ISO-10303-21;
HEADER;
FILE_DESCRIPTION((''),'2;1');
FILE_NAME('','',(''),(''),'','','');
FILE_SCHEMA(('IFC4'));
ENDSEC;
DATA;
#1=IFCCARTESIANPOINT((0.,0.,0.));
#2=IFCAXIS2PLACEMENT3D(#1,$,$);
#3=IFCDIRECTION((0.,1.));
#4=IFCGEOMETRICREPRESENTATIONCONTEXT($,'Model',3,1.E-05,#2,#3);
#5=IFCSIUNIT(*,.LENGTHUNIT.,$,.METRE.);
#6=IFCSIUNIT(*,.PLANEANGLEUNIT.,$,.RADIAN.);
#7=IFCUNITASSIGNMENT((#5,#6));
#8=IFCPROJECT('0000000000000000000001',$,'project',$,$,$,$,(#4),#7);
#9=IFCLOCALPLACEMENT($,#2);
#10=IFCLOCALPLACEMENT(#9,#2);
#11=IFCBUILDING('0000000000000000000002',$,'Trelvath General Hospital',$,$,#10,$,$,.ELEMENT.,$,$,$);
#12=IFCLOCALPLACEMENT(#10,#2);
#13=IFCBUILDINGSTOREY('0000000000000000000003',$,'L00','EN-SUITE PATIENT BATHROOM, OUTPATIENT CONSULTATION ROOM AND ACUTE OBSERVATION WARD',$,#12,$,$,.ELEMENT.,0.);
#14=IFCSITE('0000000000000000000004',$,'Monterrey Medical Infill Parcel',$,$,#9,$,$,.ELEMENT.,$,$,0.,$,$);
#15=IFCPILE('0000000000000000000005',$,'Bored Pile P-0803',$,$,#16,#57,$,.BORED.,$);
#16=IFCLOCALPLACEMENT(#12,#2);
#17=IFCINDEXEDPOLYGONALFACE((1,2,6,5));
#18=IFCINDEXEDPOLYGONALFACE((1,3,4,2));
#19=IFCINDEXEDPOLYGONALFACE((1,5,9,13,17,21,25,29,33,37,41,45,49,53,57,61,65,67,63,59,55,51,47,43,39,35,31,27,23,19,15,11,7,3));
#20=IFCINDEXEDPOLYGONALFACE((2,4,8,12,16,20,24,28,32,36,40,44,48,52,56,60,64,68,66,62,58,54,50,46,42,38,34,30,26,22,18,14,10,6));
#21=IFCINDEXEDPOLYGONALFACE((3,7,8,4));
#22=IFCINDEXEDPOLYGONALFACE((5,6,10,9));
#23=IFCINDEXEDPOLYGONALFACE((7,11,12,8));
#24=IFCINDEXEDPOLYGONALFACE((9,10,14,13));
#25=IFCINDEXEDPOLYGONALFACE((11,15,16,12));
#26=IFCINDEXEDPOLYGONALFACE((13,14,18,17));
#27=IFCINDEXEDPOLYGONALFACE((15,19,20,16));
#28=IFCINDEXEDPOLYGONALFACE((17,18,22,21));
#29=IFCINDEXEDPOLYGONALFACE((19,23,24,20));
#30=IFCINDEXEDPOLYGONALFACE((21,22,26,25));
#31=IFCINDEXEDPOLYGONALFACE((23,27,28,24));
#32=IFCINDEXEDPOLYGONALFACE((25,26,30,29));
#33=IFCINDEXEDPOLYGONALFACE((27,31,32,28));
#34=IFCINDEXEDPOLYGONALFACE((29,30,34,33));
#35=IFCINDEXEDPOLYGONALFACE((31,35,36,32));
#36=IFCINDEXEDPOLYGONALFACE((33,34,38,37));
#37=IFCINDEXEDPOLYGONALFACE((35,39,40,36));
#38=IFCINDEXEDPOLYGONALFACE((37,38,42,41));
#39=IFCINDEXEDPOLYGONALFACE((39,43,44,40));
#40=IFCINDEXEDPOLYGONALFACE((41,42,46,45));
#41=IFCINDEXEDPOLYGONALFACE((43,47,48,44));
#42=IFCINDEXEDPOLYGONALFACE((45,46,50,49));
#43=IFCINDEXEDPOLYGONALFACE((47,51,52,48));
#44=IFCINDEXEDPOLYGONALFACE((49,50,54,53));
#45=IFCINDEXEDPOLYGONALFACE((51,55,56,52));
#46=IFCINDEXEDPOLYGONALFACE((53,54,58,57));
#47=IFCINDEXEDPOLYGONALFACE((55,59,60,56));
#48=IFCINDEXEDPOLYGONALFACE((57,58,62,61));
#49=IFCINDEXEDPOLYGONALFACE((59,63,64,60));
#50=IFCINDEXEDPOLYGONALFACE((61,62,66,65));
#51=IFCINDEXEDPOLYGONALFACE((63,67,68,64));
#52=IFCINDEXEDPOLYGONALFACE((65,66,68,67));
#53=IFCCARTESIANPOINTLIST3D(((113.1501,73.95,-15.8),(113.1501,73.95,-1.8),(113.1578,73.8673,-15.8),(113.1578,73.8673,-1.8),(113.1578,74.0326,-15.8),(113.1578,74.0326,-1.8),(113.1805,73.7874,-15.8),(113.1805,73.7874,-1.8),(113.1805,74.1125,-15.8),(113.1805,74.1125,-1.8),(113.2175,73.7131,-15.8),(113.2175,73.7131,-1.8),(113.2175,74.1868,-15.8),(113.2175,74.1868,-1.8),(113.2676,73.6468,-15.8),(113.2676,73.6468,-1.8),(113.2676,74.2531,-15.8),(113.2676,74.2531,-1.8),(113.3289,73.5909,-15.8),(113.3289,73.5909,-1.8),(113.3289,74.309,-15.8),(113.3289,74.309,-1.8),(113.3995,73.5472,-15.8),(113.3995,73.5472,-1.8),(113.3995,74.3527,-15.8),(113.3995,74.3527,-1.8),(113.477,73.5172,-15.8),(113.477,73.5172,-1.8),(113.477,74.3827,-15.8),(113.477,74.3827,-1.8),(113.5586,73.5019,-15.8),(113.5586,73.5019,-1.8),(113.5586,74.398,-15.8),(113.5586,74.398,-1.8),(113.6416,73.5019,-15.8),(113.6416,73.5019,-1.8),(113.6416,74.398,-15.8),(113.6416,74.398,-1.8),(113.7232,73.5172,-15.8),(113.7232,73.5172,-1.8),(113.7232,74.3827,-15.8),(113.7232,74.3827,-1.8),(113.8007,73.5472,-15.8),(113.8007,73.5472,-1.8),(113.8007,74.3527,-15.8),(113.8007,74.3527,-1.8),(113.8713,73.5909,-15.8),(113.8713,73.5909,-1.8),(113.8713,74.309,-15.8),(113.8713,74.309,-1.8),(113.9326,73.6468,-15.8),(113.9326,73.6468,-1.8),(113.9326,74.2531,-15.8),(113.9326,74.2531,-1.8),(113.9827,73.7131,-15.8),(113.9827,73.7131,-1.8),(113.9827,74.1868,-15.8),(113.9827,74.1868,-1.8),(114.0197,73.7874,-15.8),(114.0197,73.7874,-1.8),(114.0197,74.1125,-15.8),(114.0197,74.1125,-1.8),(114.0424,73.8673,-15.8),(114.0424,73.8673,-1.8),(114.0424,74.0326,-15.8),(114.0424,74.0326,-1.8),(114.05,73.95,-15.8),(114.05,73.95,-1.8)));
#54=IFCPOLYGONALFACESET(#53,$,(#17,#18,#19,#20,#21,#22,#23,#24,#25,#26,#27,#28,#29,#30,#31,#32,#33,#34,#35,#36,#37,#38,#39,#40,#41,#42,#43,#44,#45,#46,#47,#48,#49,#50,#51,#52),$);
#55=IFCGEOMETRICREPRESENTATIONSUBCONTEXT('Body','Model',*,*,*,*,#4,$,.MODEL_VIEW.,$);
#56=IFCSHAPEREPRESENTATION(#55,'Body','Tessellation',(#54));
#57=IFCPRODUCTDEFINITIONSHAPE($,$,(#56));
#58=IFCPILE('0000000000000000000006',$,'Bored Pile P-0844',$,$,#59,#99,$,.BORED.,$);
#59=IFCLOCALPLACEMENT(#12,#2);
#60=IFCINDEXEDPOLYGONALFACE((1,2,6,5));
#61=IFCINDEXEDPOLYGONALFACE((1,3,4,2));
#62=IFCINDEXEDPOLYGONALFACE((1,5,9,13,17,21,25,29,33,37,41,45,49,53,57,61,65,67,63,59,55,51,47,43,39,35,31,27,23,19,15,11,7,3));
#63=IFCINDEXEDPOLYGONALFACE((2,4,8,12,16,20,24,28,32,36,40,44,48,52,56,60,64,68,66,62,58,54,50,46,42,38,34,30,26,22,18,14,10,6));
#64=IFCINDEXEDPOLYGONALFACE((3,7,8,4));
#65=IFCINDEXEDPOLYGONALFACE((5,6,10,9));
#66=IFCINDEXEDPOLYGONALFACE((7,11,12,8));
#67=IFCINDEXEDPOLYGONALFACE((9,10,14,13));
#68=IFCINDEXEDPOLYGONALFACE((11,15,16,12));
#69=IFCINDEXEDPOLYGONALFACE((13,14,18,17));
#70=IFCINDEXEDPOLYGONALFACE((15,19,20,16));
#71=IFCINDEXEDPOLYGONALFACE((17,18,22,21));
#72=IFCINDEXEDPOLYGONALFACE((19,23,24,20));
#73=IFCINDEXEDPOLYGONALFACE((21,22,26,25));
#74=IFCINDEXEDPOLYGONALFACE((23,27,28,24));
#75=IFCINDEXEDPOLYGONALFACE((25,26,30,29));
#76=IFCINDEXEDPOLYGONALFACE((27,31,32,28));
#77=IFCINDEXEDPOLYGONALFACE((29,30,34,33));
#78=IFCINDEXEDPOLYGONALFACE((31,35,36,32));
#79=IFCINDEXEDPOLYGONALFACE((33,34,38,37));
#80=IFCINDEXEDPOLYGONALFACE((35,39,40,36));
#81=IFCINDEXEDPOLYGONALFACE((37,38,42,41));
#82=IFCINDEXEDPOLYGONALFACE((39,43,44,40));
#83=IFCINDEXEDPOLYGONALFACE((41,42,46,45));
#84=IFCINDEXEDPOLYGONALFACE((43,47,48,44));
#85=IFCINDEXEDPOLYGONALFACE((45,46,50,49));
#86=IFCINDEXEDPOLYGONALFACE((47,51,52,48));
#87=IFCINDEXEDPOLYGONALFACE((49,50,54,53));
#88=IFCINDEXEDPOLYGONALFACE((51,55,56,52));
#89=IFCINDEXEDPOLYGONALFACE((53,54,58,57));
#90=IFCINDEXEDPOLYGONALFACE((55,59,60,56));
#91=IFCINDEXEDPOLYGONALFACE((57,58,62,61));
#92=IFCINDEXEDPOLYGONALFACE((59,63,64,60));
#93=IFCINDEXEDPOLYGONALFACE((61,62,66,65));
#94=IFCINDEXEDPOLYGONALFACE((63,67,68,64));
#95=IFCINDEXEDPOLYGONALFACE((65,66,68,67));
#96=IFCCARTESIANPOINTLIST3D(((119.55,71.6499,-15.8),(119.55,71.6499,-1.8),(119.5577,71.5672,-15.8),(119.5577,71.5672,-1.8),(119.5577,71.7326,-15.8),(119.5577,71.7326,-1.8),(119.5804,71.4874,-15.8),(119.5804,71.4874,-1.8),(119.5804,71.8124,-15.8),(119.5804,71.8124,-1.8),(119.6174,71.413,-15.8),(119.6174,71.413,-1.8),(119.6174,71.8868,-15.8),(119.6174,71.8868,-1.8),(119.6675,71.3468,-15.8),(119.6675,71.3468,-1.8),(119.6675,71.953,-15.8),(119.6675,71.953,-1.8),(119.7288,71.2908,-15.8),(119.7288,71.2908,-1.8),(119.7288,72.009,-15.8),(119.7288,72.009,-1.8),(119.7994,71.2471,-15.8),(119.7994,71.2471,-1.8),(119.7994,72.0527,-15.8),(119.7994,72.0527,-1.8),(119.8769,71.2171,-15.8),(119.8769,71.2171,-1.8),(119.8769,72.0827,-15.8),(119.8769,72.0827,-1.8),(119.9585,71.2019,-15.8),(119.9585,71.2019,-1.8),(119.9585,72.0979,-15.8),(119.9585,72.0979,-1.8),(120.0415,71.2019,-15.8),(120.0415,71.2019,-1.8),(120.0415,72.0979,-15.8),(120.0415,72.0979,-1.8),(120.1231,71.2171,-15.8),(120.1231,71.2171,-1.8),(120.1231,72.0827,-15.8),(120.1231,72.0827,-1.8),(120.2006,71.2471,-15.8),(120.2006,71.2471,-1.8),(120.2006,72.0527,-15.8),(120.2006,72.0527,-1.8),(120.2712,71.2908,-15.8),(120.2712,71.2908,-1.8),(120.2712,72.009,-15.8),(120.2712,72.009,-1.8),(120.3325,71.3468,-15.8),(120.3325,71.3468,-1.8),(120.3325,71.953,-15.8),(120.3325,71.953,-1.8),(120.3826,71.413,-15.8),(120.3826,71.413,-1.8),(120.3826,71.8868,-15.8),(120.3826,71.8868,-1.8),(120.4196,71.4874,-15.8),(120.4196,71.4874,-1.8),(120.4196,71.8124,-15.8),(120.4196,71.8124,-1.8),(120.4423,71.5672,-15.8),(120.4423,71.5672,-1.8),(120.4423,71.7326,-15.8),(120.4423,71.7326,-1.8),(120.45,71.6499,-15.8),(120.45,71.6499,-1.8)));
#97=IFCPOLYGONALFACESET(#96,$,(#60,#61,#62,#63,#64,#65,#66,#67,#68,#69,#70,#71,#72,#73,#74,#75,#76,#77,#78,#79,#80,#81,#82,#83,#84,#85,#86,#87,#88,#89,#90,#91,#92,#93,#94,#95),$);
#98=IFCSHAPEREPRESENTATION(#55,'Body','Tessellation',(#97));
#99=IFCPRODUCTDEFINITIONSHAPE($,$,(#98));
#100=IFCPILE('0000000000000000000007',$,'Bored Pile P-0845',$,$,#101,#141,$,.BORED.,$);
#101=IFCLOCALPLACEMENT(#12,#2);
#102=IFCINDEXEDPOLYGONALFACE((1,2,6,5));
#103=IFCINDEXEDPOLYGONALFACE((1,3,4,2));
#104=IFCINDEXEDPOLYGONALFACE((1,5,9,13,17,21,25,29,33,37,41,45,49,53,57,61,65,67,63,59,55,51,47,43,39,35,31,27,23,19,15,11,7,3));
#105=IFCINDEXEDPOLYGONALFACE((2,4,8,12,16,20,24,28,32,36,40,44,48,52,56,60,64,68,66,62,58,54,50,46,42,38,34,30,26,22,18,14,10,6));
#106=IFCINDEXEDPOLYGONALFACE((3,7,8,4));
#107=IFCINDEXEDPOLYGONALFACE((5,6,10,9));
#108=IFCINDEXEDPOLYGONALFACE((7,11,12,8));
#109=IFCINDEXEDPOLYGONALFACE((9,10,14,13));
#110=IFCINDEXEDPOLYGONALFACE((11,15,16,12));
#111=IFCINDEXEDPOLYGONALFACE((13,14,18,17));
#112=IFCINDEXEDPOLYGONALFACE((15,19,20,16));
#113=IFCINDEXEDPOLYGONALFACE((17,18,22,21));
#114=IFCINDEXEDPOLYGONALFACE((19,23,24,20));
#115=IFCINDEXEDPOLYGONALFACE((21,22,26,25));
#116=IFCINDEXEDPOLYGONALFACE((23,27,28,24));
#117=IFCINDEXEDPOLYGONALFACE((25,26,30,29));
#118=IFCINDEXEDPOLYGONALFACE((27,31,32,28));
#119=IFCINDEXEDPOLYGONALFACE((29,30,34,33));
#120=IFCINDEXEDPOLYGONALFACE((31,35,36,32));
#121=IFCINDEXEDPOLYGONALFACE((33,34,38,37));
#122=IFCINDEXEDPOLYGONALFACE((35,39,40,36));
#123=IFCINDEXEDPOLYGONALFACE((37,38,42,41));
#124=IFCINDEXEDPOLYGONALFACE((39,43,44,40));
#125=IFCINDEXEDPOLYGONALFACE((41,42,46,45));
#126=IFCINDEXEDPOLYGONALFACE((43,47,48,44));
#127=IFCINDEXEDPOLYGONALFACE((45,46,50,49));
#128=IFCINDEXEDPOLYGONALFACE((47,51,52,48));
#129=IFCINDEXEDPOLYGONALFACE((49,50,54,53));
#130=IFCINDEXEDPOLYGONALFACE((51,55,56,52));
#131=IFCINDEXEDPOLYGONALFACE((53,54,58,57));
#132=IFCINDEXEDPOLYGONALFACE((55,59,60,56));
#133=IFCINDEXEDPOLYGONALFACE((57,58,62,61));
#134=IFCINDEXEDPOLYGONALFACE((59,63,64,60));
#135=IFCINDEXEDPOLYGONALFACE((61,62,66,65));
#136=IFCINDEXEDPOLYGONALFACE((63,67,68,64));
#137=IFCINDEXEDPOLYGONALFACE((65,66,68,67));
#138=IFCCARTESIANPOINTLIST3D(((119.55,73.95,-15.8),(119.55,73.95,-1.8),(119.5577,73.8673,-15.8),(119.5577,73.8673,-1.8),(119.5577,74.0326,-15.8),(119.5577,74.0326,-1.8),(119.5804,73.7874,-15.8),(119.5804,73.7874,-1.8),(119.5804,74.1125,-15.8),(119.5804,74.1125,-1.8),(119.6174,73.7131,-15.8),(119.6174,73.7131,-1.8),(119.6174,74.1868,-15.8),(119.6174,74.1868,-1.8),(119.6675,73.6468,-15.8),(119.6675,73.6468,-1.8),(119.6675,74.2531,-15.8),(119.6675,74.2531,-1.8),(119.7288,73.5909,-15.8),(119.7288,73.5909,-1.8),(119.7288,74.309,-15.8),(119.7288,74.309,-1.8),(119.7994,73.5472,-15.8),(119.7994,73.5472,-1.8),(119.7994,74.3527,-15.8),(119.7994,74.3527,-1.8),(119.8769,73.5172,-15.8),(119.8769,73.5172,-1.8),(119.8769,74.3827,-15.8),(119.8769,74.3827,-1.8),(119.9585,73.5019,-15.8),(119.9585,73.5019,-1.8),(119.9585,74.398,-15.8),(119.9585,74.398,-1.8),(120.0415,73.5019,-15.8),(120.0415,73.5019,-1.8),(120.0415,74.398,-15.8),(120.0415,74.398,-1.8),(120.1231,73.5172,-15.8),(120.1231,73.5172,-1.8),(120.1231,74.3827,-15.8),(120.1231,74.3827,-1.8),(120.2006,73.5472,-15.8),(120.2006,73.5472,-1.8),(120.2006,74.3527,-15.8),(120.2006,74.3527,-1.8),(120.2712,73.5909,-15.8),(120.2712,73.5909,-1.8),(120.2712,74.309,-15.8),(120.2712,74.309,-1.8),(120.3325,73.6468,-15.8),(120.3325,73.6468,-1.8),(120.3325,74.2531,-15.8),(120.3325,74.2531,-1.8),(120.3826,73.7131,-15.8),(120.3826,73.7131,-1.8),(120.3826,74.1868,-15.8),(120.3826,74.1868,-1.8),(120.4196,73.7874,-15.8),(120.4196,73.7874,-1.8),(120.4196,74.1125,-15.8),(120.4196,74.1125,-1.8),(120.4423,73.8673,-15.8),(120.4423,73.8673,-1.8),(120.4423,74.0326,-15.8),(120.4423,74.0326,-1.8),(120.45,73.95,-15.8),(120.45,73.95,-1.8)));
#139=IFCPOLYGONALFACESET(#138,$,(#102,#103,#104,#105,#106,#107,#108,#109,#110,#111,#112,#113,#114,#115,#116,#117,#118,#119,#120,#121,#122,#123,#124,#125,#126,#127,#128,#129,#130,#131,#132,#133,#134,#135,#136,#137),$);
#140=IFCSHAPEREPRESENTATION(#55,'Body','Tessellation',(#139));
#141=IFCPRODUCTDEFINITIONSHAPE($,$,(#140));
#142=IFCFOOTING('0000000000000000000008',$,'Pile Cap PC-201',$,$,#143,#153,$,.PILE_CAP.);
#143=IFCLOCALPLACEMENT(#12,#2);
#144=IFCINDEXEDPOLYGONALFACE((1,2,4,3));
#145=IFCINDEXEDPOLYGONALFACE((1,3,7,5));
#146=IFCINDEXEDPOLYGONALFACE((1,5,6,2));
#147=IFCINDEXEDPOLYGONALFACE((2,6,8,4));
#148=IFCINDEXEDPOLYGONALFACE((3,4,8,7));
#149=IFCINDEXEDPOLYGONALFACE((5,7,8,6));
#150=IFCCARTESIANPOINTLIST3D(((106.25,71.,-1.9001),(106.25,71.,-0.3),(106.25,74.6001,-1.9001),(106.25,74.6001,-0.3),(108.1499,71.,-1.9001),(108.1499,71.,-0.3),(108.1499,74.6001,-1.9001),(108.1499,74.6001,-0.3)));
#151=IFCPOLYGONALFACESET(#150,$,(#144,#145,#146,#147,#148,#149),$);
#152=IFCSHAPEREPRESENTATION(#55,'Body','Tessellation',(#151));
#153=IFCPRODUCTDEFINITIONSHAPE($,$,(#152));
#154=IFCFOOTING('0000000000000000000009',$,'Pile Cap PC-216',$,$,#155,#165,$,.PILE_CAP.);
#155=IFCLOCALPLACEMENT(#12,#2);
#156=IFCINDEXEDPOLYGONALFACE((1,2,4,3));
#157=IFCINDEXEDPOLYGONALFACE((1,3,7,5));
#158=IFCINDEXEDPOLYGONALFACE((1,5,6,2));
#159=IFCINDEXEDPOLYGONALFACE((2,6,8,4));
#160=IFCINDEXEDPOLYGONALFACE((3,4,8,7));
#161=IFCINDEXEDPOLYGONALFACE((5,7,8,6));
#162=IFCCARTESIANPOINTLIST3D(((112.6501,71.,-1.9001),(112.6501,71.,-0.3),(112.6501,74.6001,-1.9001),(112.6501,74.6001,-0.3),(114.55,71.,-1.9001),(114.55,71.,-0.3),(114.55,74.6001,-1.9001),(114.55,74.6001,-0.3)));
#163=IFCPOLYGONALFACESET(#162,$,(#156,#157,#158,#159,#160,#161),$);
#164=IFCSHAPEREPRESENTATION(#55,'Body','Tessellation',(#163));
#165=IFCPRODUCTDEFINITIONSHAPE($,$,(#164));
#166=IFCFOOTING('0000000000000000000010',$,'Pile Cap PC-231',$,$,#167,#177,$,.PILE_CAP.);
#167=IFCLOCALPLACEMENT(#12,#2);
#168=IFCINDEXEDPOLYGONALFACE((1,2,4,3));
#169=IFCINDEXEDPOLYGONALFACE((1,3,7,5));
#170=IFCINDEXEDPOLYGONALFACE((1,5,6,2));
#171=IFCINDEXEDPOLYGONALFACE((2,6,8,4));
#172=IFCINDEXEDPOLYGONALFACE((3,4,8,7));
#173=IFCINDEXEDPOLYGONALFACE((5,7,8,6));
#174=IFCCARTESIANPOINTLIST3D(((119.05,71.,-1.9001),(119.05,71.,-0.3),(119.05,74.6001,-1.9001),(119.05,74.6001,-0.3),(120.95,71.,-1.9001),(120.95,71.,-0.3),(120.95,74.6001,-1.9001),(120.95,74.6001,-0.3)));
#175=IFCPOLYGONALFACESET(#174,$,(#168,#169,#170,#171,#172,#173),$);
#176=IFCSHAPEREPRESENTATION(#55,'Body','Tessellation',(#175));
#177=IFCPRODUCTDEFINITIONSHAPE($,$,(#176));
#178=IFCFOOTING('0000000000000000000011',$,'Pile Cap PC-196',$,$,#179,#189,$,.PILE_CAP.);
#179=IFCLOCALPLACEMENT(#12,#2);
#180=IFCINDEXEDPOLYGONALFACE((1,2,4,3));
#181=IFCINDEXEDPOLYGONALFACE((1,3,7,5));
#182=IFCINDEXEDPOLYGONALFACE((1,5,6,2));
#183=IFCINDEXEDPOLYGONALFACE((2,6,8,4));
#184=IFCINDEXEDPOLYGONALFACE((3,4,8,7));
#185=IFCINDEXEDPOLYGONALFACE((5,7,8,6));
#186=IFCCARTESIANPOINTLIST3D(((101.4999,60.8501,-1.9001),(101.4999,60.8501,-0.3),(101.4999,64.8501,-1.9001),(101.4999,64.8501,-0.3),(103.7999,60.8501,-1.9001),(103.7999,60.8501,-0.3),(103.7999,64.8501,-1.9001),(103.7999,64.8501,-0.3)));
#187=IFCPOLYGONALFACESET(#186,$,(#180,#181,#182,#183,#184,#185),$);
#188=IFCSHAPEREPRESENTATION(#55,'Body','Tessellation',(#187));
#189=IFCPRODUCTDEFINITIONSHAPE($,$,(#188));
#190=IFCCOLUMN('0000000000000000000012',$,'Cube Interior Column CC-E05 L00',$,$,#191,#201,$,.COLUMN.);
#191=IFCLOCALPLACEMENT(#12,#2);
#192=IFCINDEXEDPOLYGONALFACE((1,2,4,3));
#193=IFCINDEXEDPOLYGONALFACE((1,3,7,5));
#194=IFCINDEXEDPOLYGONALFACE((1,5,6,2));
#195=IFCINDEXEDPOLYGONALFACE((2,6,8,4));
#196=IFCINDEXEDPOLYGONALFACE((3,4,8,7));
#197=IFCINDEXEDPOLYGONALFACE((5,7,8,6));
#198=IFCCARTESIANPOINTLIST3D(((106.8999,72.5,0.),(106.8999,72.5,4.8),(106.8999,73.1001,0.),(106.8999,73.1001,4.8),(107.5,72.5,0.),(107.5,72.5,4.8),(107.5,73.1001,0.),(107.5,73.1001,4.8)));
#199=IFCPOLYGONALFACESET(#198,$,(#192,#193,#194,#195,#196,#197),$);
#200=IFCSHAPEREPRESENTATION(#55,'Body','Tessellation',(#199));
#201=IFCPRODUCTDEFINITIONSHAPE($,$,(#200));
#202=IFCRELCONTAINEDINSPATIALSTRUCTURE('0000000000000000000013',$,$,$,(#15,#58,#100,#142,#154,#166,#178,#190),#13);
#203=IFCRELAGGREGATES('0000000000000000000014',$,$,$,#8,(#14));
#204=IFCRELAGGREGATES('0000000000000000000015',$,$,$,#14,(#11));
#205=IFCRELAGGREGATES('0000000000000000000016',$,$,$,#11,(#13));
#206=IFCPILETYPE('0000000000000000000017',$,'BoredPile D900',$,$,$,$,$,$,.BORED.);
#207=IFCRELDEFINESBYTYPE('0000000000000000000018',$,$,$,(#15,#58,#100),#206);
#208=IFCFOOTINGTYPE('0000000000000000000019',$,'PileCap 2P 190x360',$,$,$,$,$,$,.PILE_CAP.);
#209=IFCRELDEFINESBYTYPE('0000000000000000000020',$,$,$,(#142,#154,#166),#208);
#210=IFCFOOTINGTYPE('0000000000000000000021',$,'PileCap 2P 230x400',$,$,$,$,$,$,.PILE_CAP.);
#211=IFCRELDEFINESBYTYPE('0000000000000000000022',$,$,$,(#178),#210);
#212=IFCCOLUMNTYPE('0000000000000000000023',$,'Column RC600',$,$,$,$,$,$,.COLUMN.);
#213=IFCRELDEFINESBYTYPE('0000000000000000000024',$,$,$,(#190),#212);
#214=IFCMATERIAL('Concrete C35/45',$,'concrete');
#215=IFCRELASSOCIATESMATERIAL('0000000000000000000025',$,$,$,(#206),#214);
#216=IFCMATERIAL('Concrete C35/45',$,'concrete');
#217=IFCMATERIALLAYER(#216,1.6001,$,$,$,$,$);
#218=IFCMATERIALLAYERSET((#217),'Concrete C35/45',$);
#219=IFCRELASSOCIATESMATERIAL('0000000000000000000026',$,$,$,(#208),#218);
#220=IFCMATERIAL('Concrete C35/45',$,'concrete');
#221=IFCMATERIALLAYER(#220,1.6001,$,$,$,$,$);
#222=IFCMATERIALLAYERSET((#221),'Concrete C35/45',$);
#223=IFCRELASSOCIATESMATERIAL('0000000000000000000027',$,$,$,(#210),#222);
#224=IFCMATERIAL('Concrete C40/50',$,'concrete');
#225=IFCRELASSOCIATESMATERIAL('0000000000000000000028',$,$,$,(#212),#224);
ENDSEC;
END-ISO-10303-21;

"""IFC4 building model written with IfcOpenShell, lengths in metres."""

from ifc_helpers import new_model, si_unit, direction, frame, origin, origin_2d, place, context, subcontext, project, spatial, rectangle, circle, extrude, material, layer, layer_set, material_profile, profile_set, type_object, element, save


model = new_model("IFC4")

# Units and contexts
model_context = context("Model", 3, precision=1e-05, world=origin(), true_north=direction((0.0, 1.0)))
body_context = subcontext(model_context, "Body", "Model", "MODEL_VIEW")
ifc_project = project(units=[si_unit("LENGTHUNIT", "METRE"), si_unit("PLANEANGLEUNIT", "RADIAN")], contexts=[model_context])

# Site, building, storey
site_placement = place(None, origin())
site = spatial("IfcSite", under=ifc_project, at=site_placement, Name="Monterrey Medical Infill Parcel", CompositionType="ELEMENT", RefElevation=0.0)
building_placement = place(site_placement, origin())
building = spatial("IfcBuilding", under=site, at=building_placement, Name="Trelvath General Hospital", CompositionType="ELEMENT")
storey_placement = place(building_placement, origin())
storey = spatial("IfcBuildingStorey", under=building, at=storey_placement, Name="L00", Description="EN-SUITE PATIENT BATHROOM, OUTPATIENT CONSULTATION ROOM AND ACUTE OBSERVATION WARD", CompositionType="ELEMENT", Elevation=0.0)

# Piles
ifc_material_1 = material(Name="Concrete C35/45", Category="concrete")
ifc_material_profile_1 = material_profile(ifc_material_1, circle(Radius=0.45, at=origin_2d()), Name="PILE900")
ifc_profile_set_1 = profile_set([ifc_material_profile_1], Name="Concrete C35/45")
pile_type_1 = type_object("IfcPileType", Name="BoredPile D900", PredefinedType="BORED", material=ifc_profile_set_1)
for number, where, z_axis, x_axis, name in (
    (1, (113.6001, 73.95, -1.8), (0.0, 0.0, -1.0), (1.0, 0.0, 0.0), "Bored Pile P-0803"),
    (2, (120.0, 71.6499, -1.8), (0.0, 0.0, -1.0), (1.0, 0.0, 0.0), "Bored Pile P-0844"),
    (3, (120.0, 73.95, -1.8), (0.0, 0.0, -1.0), (1.0, 0.0, 0.0), "Bored Pile P-0845"),
):
    element("IfcPile", number, at=place(storey_placement, frame(where, z_axis=z_axis, x_axis=x_axis)), inside=storey, type_object=pile_type_1, Name=name, PredefinedType="BORED", context=body_context, shape_type="SweptSolid", body=[
        extrude(circle(Radius=0.45, at=origin_2d()), origin(), (0.0, 0.0, 1.0), 14.0),
    ])

# Footings
ifc_material_2 = material(Name="Concrete C35/45", Category="concrete")
ifc_layer_1 = layer(ifc_material_2, 1.6001)
ifc_layer_set_1 = layer_set([ifc_layer_1], Name="Concrete C35/45")
footing_type_1 = type_object("IfcFootingType", Name="PileCap 2P 190x360", PredefinedType="PILE_CAP", material=ifc_layer_set_1)
for number, where, z_axis, x_axis, name in (
    (4, (107.2, 72.8, -1.9001), (0.0, 0.0, 1.0), (1.0, 0.0, 0.0), "Pile Cap PC-201"),
    (5, (113.6001, 72.8, -1.9001), (0.0, 0.0, 1.0), (1.0, 0.0, 0.0), "Pile Cap PC-216"),
    (6, (120.0, 72.8, -1.9001), (0.0, 0.0, 1.0), (1.0, 0.0, 0.0), "Pile Cap PC-231"),
):
    element("IfcFooting", number, at=place(storey_placement, frame(where, z_axis=z_axis, x_axis=x_axis)), inside=storey, type_object=footing_type_1, Name=name, PredefinedType="PILE_CAP", context=body_context, shape_type="SweptSolid", body=[
        extrude(rectangle(XDim=1.8999, YDim=3.6001, at=origin_2d()), origin(), (0.0, 0.0, 1.0), 1.6001),
    ])
ifc_material_3 = material(Name="Concrete C35/45", Category="concrete")
ifc_layer_2 = layer(ifc_material_3, 1.6001)
ifc_layer_set_2 = layer_set([ifc_layer_2], Name="Concrete C35/45")
footing_type_2 = type_object("IfcFootingType", Name="PileCap 2P 230x400", PredefinedType="PILE_CAP", material=ifc_layer_set_2)
footing_placement = place(storey_placement, frame((102.6499, 62.8501, -1.9001), z_axis=(0.0, 0.0, 1.0), x_axis=(1.0, 0.0, 0.0)))
element("IfcFooting", 7, at=footing_placement, inside=storey, type_object=footing_type_2, Name="Pile Cap PC-196", PredefinedType="PILE_CAP", context=body_context, shape_type="SweptSolid", body=[
    extrude(rectangle(XDim=2.3, YDim=4.0, at=origin_2d()), origin(), (0.0, 0.0, 1.0), 1.6001),
])

# Column
ifc_material_4 = material(Name="Concrete C40/50", Category="concrete")
ifc_material_profile_2 = material_profile(ifc_material_4, rectangle(XDim=0.6001, YDim=0.6001, at=origin_2d()), Name="RC600x600")
ifc_profile_set_2 = profile_set([ifc_material_profile_2], Name="Concrete C40/50")
column_type_1 = type_object("IfcColumnType", Name="Column RC600", PredefinedType="COLUMN", material=ifc_profile_set_2)
for number, where, z_axis, x_axis, name in (
    (8, (107.2, 72.8, 0.0), (0.0, 0.0, 1.0), (1.0, 0.0, 0.0), "Cube Interior Column CC-E05 L00"),
):
    element("IfcColumn", number, at=place(storey_placement, frame(where, z_axis=z_axis, x_axis=x_axis)), inside=storey, type_object=column_type_1, Name=name, PredefinedType="COLUMN", context=body_context, shape_type="SweptSolid", body=[
        extrude(rectangle(XDim=0.6001, YDim=0.6001, at=origin_2d()), origin(), (0.0, 0.0, 1.0), 4.8),
    ])

save(model, "model.ifc")
